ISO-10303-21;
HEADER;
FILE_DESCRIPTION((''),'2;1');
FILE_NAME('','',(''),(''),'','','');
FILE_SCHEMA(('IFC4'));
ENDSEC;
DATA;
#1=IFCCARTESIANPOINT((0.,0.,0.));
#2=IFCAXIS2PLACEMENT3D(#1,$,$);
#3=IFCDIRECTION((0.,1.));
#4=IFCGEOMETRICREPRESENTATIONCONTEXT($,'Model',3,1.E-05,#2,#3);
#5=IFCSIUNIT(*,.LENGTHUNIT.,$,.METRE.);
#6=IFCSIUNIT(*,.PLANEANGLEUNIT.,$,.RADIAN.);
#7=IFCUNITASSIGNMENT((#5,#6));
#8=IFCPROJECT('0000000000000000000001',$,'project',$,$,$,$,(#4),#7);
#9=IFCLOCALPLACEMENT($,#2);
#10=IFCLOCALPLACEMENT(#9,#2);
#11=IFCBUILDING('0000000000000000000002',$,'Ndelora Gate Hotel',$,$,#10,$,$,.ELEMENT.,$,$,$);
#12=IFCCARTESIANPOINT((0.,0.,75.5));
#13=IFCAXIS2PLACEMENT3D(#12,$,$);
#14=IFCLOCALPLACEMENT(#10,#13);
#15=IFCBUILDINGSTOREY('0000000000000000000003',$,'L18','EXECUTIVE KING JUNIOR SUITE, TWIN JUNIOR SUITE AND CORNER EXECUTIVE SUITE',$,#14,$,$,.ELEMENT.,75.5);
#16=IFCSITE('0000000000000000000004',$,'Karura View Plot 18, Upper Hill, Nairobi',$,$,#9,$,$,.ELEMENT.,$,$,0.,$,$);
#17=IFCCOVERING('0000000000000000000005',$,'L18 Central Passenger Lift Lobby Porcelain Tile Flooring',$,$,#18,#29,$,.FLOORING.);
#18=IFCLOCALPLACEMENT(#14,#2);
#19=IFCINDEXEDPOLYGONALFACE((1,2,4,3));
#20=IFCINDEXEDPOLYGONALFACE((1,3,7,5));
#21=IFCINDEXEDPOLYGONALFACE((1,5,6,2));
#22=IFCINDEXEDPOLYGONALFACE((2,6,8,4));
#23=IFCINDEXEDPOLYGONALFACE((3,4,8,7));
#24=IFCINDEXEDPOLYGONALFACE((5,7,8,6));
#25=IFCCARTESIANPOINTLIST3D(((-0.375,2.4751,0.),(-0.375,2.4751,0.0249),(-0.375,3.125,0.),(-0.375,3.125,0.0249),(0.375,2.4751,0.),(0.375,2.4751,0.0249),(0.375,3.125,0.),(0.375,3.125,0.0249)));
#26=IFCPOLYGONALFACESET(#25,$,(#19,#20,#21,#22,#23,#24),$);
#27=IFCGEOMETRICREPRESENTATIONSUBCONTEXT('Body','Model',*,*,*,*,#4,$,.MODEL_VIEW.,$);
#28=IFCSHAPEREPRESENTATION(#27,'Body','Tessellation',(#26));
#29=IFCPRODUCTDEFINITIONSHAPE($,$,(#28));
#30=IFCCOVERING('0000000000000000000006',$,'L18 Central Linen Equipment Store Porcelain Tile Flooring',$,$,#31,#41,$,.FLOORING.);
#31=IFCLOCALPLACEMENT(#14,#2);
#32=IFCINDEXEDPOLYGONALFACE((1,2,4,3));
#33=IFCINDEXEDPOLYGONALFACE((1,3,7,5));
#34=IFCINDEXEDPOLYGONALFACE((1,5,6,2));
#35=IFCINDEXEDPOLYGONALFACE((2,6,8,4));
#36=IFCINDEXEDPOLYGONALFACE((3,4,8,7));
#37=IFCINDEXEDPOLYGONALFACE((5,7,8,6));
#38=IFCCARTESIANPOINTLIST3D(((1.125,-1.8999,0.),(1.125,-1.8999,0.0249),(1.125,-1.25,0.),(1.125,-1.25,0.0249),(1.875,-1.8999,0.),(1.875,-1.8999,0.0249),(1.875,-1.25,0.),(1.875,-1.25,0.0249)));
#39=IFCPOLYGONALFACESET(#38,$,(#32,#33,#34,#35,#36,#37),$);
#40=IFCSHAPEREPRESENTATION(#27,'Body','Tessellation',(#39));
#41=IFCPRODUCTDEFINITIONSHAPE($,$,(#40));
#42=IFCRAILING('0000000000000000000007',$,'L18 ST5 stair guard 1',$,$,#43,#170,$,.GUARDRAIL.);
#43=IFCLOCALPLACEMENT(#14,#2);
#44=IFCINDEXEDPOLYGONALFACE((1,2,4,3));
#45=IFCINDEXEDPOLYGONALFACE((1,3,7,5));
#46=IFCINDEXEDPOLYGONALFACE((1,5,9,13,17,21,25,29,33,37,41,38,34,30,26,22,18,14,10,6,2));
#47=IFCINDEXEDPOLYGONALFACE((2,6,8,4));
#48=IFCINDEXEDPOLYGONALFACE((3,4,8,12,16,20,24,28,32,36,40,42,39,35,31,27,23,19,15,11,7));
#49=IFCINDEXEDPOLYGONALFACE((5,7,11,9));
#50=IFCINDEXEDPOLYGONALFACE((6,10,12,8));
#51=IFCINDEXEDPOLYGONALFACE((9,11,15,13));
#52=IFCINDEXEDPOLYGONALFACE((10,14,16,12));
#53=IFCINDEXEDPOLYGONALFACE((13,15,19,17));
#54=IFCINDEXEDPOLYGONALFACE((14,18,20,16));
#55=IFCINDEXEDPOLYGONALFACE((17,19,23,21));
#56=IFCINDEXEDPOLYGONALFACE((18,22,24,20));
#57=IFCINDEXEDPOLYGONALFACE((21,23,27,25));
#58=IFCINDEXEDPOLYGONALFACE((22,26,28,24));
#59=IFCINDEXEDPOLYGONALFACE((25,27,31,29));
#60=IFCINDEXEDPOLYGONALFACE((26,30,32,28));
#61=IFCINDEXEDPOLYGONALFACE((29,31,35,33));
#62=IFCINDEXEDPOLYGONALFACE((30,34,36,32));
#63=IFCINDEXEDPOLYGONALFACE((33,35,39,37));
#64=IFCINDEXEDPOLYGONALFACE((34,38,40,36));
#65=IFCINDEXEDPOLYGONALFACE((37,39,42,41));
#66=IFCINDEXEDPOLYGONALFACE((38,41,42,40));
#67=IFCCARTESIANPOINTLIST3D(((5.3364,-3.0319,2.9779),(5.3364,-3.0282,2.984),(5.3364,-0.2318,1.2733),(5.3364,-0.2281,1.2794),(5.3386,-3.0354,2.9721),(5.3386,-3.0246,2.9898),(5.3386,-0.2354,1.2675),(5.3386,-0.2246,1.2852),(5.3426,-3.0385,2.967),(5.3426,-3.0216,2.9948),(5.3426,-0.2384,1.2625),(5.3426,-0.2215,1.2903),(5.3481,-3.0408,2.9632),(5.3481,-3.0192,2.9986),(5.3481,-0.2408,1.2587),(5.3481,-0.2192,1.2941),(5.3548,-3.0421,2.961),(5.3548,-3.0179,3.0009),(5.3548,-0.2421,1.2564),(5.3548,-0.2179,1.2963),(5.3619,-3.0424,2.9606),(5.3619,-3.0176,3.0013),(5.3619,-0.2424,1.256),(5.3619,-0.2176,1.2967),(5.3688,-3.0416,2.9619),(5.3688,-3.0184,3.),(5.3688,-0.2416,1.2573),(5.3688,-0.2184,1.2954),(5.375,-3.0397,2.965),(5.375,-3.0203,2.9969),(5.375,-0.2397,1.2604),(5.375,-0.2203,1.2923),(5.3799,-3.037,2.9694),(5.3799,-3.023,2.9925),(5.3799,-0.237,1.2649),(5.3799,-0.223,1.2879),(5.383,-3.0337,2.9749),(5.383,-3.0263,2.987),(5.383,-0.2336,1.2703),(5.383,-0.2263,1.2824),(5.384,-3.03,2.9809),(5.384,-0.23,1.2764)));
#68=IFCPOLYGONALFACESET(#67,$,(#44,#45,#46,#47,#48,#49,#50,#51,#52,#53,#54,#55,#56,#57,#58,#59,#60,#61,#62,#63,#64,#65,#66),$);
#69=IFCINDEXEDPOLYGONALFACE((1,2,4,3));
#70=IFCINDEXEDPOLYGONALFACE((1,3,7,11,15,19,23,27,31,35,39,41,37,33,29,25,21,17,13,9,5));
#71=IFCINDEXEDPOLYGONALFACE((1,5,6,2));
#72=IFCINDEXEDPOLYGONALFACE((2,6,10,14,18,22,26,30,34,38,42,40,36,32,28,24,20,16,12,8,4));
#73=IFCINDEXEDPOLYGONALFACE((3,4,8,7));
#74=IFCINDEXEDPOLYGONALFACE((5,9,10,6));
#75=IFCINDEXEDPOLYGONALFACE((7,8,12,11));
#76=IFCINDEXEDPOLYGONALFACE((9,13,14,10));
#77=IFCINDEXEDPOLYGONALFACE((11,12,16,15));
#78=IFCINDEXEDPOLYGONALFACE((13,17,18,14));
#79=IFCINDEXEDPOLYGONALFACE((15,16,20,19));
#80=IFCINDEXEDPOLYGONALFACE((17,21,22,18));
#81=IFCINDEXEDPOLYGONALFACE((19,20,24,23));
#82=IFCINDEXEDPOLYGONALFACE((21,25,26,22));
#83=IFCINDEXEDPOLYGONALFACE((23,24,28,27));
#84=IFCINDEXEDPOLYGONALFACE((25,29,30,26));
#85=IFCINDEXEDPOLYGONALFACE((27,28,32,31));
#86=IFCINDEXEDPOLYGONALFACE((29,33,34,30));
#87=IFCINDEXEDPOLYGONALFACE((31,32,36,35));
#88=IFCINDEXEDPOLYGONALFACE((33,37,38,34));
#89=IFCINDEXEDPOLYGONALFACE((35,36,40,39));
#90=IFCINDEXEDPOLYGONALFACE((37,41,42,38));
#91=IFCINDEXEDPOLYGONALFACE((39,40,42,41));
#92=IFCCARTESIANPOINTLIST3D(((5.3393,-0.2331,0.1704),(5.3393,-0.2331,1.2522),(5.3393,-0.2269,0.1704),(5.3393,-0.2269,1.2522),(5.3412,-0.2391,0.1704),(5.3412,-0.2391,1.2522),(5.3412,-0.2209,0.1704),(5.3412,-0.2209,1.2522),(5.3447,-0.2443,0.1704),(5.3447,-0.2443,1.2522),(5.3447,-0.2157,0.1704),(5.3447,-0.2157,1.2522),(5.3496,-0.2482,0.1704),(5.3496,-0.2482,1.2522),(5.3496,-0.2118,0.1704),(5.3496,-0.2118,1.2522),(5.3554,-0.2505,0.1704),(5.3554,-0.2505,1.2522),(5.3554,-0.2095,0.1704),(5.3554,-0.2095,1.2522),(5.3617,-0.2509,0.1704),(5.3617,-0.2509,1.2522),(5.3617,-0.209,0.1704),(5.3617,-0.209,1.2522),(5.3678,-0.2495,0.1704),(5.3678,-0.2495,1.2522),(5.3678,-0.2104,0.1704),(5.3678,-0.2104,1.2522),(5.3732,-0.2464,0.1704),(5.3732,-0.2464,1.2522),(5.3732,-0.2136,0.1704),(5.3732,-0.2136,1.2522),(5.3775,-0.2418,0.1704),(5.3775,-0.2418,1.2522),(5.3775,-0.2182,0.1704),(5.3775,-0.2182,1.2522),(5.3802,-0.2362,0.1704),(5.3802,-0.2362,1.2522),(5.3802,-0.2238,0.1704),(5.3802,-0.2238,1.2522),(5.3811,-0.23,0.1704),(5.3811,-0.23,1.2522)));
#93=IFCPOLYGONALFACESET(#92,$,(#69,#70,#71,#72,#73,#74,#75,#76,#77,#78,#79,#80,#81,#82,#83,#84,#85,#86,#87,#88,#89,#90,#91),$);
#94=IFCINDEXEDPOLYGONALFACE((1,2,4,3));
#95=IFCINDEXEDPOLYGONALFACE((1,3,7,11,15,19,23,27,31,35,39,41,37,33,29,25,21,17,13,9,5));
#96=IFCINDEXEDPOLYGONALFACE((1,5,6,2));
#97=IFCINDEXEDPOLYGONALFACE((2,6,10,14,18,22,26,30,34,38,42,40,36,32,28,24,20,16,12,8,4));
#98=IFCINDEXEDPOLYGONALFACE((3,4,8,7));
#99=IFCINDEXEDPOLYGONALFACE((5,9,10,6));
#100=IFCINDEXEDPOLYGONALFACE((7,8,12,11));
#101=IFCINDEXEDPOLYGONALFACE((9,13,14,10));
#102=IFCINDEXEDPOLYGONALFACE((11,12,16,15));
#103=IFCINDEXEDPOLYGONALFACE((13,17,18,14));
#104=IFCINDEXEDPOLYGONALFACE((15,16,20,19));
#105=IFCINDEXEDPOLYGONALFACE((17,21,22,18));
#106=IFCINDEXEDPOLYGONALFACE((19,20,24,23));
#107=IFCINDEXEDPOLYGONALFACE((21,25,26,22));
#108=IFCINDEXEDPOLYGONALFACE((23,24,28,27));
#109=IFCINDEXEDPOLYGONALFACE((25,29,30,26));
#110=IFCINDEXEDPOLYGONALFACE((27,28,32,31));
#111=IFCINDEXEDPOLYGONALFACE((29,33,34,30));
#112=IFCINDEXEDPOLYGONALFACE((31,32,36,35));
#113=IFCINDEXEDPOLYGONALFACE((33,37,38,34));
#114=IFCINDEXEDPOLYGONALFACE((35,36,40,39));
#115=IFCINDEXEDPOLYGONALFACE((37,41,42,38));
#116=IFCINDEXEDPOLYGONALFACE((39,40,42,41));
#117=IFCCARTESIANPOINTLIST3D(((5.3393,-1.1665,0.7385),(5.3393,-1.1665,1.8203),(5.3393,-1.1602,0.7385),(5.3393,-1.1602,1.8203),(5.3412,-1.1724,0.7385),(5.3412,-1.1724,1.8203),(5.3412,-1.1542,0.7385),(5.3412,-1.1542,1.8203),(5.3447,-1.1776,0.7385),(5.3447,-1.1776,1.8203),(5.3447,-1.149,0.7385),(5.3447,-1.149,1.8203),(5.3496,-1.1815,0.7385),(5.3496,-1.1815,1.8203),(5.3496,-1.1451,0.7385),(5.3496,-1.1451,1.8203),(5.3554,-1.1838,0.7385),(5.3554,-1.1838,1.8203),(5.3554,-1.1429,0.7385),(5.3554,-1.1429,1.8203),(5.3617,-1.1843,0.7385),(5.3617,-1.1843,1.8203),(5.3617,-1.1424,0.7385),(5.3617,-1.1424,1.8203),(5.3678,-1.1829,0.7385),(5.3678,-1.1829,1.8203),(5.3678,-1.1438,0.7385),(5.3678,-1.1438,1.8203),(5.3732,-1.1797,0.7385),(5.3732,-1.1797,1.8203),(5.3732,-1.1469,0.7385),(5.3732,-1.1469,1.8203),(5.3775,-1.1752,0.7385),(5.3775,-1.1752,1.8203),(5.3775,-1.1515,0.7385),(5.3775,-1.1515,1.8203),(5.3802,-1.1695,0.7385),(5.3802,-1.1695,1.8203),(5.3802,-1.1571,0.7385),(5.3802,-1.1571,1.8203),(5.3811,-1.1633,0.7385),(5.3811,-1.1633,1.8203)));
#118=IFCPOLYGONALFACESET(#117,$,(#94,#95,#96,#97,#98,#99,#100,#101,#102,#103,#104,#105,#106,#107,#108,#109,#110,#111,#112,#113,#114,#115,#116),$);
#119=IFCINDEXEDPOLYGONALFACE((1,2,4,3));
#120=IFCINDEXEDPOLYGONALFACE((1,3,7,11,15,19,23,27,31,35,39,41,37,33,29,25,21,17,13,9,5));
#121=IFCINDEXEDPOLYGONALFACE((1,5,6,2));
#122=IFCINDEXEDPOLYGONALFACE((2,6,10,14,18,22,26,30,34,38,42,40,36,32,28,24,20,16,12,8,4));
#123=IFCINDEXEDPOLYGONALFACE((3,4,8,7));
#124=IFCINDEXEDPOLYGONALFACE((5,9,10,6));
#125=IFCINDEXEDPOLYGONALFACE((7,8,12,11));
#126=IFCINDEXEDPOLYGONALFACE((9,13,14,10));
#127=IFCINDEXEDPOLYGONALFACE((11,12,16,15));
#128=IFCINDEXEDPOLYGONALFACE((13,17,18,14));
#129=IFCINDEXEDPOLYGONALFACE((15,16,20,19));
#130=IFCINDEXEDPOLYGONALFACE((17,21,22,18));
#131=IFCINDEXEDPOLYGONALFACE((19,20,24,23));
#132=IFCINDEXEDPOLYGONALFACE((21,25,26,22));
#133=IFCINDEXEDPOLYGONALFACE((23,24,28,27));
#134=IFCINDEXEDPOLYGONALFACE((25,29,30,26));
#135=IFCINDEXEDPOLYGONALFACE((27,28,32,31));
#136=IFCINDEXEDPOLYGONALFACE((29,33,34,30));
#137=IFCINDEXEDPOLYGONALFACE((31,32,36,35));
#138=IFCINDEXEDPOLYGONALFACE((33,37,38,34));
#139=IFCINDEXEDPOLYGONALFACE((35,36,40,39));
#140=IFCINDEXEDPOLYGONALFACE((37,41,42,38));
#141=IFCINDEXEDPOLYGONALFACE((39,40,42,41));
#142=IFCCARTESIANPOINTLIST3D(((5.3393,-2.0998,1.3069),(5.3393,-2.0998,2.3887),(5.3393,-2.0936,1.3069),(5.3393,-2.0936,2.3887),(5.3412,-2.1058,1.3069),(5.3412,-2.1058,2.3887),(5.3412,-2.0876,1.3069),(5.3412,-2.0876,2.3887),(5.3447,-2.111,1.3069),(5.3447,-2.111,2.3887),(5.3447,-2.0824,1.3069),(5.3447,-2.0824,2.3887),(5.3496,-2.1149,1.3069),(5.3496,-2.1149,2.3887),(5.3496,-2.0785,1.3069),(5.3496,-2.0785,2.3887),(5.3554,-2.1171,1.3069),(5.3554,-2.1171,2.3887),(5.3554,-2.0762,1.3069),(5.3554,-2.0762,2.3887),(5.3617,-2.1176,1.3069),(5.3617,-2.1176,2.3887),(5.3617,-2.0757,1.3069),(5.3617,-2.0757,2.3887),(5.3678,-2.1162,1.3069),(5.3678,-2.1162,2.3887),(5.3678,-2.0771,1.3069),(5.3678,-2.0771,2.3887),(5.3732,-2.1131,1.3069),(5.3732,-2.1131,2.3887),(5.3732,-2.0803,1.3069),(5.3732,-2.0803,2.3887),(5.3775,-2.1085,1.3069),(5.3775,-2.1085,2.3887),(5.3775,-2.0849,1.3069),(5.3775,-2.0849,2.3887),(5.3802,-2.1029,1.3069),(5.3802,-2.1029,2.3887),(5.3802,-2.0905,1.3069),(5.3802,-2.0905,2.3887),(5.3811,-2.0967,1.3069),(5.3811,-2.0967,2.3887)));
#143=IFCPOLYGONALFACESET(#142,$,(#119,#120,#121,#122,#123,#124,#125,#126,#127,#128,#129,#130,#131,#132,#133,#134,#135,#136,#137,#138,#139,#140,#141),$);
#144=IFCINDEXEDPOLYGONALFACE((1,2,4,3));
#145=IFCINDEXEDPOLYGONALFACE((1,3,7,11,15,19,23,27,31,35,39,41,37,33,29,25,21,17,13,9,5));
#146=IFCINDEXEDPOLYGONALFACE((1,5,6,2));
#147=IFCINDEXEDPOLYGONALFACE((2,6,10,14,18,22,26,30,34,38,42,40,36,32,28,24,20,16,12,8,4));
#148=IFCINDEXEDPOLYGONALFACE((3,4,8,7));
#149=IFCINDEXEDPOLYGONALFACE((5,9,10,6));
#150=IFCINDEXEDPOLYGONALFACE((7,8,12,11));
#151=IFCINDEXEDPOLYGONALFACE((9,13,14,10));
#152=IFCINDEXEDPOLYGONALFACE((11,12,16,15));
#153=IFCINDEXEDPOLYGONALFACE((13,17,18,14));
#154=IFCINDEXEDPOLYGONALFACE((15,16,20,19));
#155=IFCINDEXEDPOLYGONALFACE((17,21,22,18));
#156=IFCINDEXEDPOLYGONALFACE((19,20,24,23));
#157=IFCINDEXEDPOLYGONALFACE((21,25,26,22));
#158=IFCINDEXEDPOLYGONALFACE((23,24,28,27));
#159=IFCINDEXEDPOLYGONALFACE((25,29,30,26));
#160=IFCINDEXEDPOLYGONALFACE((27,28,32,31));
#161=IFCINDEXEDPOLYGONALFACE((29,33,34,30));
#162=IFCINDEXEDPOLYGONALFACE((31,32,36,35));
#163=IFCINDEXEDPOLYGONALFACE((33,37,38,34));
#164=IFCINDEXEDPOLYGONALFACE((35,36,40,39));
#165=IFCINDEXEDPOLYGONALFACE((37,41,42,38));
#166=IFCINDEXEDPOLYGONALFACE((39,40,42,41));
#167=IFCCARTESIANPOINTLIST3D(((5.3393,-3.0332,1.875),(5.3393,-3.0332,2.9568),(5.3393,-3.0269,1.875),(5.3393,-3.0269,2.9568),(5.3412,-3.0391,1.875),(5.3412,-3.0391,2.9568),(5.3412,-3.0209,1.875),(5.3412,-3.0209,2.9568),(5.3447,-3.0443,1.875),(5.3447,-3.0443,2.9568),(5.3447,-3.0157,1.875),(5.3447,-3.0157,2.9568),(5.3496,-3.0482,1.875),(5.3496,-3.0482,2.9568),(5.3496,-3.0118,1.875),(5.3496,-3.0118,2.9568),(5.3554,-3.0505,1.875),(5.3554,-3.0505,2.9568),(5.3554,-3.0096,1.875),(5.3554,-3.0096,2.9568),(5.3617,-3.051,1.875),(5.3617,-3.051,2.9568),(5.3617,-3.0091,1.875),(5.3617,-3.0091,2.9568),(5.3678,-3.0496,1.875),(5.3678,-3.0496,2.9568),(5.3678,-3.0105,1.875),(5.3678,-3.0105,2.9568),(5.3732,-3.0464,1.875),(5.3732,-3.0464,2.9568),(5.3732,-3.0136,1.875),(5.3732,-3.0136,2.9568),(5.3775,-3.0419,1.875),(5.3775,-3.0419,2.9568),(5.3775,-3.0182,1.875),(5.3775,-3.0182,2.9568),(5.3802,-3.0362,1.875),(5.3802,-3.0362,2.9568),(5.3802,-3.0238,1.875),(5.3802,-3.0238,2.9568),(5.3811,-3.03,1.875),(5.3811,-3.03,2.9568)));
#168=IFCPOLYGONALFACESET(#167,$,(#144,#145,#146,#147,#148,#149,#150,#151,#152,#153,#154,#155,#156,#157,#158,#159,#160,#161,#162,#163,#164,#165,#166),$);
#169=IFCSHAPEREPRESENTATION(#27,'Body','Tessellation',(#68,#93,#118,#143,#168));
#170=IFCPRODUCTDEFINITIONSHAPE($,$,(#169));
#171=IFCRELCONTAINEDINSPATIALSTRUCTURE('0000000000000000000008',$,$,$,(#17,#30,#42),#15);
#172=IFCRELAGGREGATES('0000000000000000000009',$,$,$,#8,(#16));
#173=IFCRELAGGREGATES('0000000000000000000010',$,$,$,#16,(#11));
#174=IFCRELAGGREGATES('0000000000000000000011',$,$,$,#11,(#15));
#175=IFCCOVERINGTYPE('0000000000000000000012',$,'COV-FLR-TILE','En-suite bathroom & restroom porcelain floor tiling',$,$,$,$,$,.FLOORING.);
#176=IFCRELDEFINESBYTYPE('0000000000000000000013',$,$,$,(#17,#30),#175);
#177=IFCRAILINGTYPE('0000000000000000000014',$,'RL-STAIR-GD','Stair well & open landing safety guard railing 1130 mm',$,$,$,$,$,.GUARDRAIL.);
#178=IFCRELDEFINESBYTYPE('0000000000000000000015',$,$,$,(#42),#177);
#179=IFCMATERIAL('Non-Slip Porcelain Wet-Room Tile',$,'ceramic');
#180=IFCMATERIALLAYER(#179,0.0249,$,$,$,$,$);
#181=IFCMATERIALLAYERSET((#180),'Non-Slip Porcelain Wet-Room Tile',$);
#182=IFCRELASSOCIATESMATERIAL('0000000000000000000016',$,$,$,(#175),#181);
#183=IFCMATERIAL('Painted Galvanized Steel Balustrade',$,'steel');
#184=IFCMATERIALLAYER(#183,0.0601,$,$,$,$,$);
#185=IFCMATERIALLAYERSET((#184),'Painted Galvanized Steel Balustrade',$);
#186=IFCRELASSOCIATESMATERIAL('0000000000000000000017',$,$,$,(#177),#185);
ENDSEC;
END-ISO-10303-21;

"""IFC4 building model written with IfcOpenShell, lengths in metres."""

from ifc_helpers import new_model, si_unit, direction, frame, origin, origin_2d, place, context, subcontext, project, spatial, rectangle, circle, extrude, material, layer, layer_set, type_object, element, save


model = new_model("IFC4")

# Units and contexts
model_context = context("Model", 3, precision=1e-05, world=origin(), true_north=direction((0.0, 1.0)))
body_context = subcontext(model_context, "Body", "Model", "MODEL_VIEW")
ifc_project = project(units=[si_unit("LENGTHUNIT", "METRE"), si_unit("PLANEANGLEUNIT", "RADIAN")], contexts=[model_context])

# Site, building, storey
site_placement = place(None, origin())
site = spatial("IfcSite", under=ifc_project, at=site_placement, Name="Karura View Plot 18, Upper Hill, Nairobi", CompositionType="ELEMENT", RefElevation=0.0)
building_placement = place(site_placement, origin())
building = spatial("IfcBuilding", under=site, at=building_placement, Name="Ndelora Gate Hotel", CompositionType="ELEMENT")
storey_placement = place(building_placement, frame((0.0, 0.0, 75.5)))
storey = spatial("IfcBuildingStorey", under=building, at=storey_placement, Name="L18", Description="EXECUTIVE KING JUNIOR SUITE, TWIN JUNIOR SUITE AND CORNER EXECUTIVE SUITE", CompositionType="ELEMENT", Elevation=75.5)

# Coverings
ifc_material_1 = material(Name="Non-Slip Porcelain Wet-Room Tile", Category="ceramic")
ifc_layer_1 = layer(ifc_material_1, 0.0249)
ifc_layer_set_1 = layer_set([ifc_layer_1], Name="Non-Slip Porcelain Wet-Room Tile")
covering_type_1 = type_object("IfcCoveringType", Name="COV-FLR-TILE", Description="En-suite bathroom & restroom porcelain floor tiling", PredefinedType="FLOORING", material=ifc_layer_set_1)
for number, where, z_axis, x_axis, name in (
    (1, (0.0, 2.8, 0.0), (0.0, 0.0, 1.0), (1.0, 0.0, 0.0), "L18 Central Passenger Lift Lobby Porcelain Tile Flooring"),
    (2, (1.5, -1.575, 0.0), (0.0, 0.0, 1.0), (1.0, 0.0, 0.0), "L18 Central Linen Equipment Store Porcelain Tile Flooring"),
):
    element("IfcCovering", number, at=place(storey_placement, frame(where, z_axis=z_axis, x_axis=x_axis)), inside=storey, type_object=covering_type_1, Name=name, PredefinedType="FLOORING", context=body_context, shape_type="SweptSolid", body=[
        extrude(rectangle(XDim=0.75, YDim=0.6499, at=origin_2d()), origin(), (0.0, 0.0, 1.0), 0.0249),
    ])

# Railing
ifc_material_2 = material(Name="Painted Galvanized Steel Balustrade", Category="steel")
ifc_layer_2 = layer(ifc_material_2, 0.0601)
ifc_layer_set_2 = layer_set([ifc_layer_2], Name="Painted Galvanized Steel Balustrade")
railing_type_1 = type_object("IfcRailingType", Name="RL-STAIR-GD", Description="Stair well & open landing safety guard railing 1130 mm", PredefinedType="GUARDRAIL", material=ifc_layer_set_2)
railing_1_placement = place(storey_placement, frame((5.3601, -0.23, 0.1704)))
element("IfcRailing", 3, at=railing_1_placement, inside=storey, type_object=railing_type_1, Name="L18 ST5 stair guard 1", PredefinedType="GUARDRAIL", context=body_context, shape_type="SweptSolid", body=[
    extrude(circle(Radius=0.0239, at=origin_2d()), frame((0.0, 0.0, 1.106), z_axis=(0.0, -0.85417, 0.519994), x_axis=(1.0, 0.0, 0.0)), (0.0, 0.0, 1.0), 3.2781),
    extrude(circle(Radius=0.021, at=origin_2d()), origin(), (0.0, 0.0, 1.0), 1.0818),
    extrude(circle(Radius=0.021, at=origin_2d()), frame((0.0, -0.9333, 0.5681)), (0.0, 0.0, 1.0), 1.0818),
    extrude(circle(Radius=0.021, at=origin_2d()), frame((0.0, -1.8667, 1.1365)), (0.0, 0.0, 1.0), 1.0818),
    extrude(circle(Radius=0.021, at=origin_2d()), frame((0.0, -2.8, 1.7046)), (0.0, 0.0, 1.0), 1.0818),
])

save(model, "model.ifc")
